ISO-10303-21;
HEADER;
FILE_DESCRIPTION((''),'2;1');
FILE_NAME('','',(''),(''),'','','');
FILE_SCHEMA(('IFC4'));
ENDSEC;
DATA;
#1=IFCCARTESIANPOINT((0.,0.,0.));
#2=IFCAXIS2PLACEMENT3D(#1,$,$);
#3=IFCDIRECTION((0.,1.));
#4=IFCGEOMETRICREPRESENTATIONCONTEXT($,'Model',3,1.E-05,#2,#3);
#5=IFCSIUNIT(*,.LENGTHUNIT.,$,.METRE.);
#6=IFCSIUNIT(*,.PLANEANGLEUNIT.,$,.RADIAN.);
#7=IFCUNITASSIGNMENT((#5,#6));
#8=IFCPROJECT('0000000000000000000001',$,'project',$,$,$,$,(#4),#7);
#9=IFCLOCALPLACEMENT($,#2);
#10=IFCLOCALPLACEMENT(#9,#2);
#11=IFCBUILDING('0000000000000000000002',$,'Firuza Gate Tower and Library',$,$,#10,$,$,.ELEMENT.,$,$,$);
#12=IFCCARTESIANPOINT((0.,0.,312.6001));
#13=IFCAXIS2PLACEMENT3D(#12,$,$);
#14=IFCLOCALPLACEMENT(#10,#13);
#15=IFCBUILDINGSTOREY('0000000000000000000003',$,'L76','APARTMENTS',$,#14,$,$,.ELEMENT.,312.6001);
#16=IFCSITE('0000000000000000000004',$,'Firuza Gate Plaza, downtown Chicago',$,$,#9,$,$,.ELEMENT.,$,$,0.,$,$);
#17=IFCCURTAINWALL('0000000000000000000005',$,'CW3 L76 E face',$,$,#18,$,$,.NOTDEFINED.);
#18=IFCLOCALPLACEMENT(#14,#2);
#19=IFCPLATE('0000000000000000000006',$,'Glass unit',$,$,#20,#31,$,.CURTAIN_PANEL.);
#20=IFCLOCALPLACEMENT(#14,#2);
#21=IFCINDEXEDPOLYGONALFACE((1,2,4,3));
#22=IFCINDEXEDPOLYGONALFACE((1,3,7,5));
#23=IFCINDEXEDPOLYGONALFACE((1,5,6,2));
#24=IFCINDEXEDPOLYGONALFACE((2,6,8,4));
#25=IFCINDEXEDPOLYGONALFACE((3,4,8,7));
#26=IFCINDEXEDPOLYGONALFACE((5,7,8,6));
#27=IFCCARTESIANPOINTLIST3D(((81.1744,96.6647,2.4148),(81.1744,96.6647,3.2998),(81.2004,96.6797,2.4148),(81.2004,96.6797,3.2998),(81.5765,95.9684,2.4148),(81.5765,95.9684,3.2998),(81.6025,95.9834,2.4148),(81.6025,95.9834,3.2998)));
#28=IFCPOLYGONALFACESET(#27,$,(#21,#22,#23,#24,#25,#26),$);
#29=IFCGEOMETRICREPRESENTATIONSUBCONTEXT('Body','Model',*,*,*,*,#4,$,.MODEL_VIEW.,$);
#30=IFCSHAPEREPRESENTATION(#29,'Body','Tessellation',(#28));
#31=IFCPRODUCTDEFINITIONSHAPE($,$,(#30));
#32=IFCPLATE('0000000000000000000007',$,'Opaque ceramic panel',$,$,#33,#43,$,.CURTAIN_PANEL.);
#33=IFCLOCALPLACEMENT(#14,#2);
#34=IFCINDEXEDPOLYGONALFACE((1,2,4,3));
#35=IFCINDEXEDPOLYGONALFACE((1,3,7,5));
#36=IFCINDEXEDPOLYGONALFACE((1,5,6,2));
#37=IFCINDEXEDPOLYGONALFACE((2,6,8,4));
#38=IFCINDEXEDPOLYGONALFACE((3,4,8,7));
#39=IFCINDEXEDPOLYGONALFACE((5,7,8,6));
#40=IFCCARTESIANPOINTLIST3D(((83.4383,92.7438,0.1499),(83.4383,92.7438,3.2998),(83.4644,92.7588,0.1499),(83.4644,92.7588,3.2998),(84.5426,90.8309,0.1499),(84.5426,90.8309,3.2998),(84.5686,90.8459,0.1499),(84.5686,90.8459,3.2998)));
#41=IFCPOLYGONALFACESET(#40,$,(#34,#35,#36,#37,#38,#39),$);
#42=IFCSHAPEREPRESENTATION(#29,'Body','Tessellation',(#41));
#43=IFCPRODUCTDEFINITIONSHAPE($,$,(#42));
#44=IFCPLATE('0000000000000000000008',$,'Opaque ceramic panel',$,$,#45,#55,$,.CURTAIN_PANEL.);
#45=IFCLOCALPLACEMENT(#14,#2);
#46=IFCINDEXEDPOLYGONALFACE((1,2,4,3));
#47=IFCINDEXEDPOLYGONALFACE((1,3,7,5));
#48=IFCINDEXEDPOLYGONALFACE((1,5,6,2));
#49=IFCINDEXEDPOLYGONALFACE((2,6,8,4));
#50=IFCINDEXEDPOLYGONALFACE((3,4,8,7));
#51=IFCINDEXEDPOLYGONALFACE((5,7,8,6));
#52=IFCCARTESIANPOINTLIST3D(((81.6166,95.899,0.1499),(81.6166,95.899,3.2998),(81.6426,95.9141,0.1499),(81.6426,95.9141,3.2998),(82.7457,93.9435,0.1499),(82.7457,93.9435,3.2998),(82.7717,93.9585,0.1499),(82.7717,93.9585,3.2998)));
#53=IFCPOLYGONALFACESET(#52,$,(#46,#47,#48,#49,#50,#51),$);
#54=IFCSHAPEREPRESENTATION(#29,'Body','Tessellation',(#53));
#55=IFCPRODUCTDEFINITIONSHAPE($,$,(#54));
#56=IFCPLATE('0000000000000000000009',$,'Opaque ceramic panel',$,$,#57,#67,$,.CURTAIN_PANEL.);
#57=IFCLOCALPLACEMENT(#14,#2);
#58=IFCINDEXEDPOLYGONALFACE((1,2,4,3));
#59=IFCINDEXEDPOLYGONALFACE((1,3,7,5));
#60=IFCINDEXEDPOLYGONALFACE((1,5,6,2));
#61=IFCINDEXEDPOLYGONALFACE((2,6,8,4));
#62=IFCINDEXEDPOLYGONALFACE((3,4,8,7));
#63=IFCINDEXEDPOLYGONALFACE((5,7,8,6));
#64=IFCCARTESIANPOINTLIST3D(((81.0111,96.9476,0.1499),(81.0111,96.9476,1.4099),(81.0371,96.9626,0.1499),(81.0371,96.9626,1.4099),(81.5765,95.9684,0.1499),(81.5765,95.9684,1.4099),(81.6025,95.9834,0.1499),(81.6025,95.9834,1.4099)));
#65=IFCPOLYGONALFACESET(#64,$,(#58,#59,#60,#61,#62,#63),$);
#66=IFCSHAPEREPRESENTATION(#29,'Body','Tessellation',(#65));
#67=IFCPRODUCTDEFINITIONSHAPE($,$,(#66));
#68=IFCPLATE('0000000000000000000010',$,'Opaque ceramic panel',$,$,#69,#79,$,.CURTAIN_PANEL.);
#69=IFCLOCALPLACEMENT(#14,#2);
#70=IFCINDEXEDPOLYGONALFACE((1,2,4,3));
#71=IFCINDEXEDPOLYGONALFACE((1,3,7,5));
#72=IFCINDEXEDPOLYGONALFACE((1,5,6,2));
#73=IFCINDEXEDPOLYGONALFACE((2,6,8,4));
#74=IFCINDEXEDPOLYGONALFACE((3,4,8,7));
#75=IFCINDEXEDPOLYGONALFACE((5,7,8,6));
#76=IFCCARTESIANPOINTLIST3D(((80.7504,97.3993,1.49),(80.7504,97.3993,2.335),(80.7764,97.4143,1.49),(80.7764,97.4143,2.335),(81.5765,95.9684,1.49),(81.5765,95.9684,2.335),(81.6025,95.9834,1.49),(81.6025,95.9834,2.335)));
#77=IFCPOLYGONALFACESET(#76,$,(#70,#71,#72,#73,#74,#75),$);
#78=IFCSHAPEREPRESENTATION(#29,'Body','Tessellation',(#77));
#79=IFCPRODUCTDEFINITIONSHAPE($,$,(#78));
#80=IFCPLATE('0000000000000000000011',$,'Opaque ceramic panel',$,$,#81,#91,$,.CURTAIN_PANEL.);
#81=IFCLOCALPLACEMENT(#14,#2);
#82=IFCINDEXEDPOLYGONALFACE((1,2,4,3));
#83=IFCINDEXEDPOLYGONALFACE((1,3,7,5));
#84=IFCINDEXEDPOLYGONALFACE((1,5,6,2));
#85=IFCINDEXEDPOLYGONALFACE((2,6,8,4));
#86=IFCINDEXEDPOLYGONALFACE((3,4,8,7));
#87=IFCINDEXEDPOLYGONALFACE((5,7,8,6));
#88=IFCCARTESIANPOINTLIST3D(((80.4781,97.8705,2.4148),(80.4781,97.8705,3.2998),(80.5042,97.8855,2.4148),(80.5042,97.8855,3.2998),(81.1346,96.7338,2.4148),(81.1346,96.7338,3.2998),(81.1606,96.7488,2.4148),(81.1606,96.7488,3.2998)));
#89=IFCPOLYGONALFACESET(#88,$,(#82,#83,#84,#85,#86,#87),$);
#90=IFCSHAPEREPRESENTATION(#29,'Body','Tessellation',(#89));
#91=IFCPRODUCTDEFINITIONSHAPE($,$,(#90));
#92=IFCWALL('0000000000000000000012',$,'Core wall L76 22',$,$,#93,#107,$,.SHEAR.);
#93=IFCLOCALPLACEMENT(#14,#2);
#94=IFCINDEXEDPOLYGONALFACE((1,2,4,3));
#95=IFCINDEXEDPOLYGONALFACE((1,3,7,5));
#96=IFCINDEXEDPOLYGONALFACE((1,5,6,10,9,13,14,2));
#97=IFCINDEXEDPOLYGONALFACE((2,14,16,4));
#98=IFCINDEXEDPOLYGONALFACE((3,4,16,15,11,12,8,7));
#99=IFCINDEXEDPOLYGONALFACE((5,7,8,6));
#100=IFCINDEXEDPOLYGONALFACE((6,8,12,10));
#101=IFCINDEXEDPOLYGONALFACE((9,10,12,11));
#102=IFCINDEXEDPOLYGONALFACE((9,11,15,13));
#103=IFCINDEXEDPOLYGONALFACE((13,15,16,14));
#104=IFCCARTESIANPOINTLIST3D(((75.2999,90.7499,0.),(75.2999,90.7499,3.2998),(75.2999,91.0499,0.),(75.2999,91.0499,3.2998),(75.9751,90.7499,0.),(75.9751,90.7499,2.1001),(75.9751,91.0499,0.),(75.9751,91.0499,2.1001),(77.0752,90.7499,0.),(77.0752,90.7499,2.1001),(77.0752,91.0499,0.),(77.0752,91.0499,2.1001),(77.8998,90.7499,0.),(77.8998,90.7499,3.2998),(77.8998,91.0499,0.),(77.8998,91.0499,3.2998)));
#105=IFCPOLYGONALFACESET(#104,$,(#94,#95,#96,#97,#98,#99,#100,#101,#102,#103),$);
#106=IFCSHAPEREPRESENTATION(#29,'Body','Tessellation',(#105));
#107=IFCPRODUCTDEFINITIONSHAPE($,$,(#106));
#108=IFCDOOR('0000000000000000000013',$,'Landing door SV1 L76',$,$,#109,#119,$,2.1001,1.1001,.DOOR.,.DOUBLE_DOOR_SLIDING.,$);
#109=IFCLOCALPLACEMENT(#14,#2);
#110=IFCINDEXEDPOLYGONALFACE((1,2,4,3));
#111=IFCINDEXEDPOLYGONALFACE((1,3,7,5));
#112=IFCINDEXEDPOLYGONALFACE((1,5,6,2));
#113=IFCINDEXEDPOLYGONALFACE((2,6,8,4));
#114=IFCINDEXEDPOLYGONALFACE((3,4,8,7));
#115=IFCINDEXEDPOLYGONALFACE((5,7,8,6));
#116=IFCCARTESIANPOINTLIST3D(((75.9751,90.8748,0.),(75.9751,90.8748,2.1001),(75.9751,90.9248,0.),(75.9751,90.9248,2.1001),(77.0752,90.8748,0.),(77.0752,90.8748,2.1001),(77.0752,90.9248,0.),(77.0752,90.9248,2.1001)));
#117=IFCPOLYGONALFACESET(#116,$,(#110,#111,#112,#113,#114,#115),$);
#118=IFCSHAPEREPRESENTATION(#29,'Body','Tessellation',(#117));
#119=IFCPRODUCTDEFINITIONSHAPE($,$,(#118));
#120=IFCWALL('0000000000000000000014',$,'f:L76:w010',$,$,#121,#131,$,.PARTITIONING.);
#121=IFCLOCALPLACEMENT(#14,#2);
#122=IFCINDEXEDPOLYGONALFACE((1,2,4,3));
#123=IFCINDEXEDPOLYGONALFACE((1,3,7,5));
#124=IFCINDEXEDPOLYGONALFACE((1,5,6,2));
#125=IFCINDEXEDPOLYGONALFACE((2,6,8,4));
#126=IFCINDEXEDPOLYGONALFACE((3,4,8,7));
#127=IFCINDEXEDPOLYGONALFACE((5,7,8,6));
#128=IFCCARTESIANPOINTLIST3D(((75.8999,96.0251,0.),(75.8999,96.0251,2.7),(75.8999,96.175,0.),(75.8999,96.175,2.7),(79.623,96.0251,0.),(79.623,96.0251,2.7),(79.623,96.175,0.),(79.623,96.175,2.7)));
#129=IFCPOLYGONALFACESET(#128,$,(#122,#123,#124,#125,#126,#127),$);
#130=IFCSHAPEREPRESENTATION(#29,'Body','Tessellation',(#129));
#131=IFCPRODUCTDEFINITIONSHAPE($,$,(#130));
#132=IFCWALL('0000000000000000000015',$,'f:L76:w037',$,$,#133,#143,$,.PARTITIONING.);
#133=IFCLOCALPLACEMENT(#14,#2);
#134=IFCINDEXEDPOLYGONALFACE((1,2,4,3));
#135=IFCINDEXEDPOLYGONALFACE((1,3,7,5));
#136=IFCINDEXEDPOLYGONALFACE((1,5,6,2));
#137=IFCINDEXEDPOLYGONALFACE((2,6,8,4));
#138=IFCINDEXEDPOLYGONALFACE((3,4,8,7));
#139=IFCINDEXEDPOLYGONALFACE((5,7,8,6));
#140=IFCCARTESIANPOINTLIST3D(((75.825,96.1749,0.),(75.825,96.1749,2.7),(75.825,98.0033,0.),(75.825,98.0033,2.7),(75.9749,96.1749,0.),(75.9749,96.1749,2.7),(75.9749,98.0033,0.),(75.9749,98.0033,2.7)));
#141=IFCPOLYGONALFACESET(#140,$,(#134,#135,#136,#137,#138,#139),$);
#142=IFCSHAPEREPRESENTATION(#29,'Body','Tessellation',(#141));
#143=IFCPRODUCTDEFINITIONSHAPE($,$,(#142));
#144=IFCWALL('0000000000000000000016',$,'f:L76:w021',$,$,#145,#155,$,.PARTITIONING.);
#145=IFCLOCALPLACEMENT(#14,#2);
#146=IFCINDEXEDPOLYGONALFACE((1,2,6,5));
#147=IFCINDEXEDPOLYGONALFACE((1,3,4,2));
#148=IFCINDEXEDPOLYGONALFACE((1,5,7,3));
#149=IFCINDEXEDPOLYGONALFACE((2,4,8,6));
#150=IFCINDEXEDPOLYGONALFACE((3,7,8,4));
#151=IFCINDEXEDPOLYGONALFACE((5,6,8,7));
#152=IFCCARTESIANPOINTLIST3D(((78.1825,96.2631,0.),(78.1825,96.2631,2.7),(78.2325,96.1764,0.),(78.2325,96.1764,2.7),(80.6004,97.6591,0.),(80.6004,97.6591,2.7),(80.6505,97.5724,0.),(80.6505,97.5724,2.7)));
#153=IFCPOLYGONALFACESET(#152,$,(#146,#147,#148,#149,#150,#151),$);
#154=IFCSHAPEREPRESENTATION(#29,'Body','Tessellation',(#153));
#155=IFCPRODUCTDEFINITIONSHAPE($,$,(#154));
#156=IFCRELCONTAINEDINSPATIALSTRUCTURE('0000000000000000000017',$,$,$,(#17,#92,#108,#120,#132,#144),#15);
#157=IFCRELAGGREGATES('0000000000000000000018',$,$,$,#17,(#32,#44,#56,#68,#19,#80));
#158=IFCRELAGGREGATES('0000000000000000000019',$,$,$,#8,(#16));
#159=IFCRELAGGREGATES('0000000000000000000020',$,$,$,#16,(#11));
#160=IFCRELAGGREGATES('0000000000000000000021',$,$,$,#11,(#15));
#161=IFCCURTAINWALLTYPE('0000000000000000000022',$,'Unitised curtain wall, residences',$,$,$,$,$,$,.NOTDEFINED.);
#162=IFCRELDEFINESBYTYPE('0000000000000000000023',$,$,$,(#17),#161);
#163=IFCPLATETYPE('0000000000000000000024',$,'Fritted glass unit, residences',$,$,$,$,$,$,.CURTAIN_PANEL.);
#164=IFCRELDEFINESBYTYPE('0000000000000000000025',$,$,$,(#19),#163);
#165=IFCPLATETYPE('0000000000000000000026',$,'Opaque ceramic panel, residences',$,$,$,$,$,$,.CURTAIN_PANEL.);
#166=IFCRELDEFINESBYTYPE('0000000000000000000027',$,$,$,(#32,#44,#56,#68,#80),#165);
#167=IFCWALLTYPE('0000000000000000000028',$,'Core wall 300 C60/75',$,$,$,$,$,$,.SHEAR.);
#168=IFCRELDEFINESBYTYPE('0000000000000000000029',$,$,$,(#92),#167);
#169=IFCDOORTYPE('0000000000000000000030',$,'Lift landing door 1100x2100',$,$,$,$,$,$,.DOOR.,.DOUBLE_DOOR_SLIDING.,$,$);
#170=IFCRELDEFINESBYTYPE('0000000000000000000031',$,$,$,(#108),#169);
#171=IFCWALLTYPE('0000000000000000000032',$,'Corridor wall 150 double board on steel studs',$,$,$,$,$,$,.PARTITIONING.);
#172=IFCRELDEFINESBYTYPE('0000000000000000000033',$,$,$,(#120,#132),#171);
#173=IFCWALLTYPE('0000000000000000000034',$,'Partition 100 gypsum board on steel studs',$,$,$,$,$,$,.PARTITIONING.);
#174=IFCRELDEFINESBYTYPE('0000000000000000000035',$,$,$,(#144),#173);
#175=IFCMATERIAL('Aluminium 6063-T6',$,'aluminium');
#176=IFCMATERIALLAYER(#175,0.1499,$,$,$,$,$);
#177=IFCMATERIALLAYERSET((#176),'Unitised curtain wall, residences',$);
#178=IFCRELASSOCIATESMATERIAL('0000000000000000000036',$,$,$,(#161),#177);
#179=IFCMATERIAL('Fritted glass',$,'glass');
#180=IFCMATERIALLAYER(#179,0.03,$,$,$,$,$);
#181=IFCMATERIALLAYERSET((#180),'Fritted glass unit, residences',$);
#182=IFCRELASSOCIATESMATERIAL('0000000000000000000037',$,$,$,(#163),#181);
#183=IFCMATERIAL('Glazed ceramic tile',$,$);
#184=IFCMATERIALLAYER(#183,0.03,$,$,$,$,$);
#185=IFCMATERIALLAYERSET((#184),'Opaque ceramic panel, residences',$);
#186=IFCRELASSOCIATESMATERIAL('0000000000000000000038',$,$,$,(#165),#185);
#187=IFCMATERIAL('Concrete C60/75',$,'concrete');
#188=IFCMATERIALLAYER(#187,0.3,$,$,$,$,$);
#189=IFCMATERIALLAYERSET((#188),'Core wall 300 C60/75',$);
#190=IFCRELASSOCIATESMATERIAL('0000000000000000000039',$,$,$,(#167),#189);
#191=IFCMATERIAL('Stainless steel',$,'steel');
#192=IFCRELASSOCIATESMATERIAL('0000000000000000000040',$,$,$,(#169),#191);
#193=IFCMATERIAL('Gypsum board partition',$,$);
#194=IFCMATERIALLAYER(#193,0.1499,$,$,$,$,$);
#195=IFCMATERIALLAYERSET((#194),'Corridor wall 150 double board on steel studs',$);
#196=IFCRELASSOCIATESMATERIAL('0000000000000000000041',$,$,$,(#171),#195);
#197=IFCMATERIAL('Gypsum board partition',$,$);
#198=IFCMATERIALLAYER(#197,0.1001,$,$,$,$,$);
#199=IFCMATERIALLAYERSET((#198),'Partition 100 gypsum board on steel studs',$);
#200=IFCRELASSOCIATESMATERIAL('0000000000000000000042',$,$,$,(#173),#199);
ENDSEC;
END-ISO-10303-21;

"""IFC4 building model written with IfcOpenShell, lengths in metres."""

from ifc_helpers import new_model, si_unit, direction, frame, frame_2d, origin, place, context, subcontext, project, spatial, polyline, rectangle, outline, extrude, material, layer, layer_set, type_object, element, fill, aggregate, save


model = new_model("IFC4")

# Units and contexts
model_context = context("Model", 3, precision=1e-05, world=origin(), true_north=direction((0.0, 1.0)))
body_context = subcontext(model_context, "Body", "Model", "MODEL_VIEW")
ifc_project = project(units=[si_unit("LENGTHUNIT", "METRE"), si_unit("PLANEANGLEUNIT", "RADIAN")], contexts=[model_context])

# Site, building, storey
site_placement = place(None, origin())
site = spatial("IfcSite", under=ifc_project, at=site_placement, Name="Firuza Gate Plaza, downtown Chicago", CompositionType="ELEMENT", RefElevation=0.0)
building_placement = place(site_placement, origin())
building = spatial("IfcBuilding", under=site, at=building_placement, Name="Firuza Gate Tower and Library", CompositionType="ELEMENT")
storey_placement = place(building_placement, frame((0.0, 0.0, 312.6001)))
storey = spatial("IfcBuildingStorey", under=building, at=storey_placement, Name="L76", Description="APARTMENTS", CompositionType="ELEMENT", Elevation=312.6001)

# Curtain wall
ifc_material_1 = material(Name="Aluminium 6063-T6", Category="aluminium")
ifc_layer_1 = layer(ifc_material_1, 0.1499)
ifc_layer_set_1 = layer_set([ifc_layer_1], Name="Unitised curtain wall, residences")
curtain_wall_type = type_object("IfcCurtainWallType", Name="Unitised curtain wall, residences", PredefinedType="NOTDEFINED", material=ifc_layer_set_1)
curtain_wall_placement = place(storey_placement, origin())
curtain_wall = element("IfcCurtainWall", 1, at=curtain_wall_placement, inside=storey, type_object=curtain_wall_type, Name="CW3 L76 E face", PredefinedType="NOTDEFINED")

# Plates
ifc_material_2 = material(Name="Fritted glass", Category="glass")
ifc_layer_2 = layer(ifc_material_2, 0.03)
ifc_layer_set_2 = layer_set([ifc_layer_2], Name="Fritted glass unit, residences")
plate_type_1 = type_object("IfcPlateType", Name="Fritted glass unit, residences", PredefinedType="CURTAIN_PANEL", material=ifc_layer_set_2)
plate_1_placement = place(storey_placement, frame((81.6025, 95.9834, 2.4148), z_axis=(0.865973, 0.50009, 0.0), x_axis=(-0.50009, 0.865973, 0.0)))
plate_1 = element("IfcPlate", 2, at=plate_1_placement, type_object=plate_type_1, Name="Glass unit", PredefinedType="CURTAIN_PANEL", context=body_context, shape_type="SweptSolid", body=[
    extrude(outline(polyline([(0.0, 0.0), (0.8041, 0.0), (0.8041, 0.885), (0.0, 0.885), (0.0, 0.0)])), origin(), (0.0, 0.0, -1.0), 0.03),
])
ifc_material_3 = material(Name="Glazed ceramic tile")
ifc_layer_3 = layer(ifc_material_3, 0.03)
ifc_layer_set_3 = layer_set([ifc_layer_3], Name="Opaque ceramic panel, residences")
plate_type_2 = type_object("IfcPlateType", Name="Opaque ceramic panel, residences", PredefinedType="CURTAIN_PANEL", material=ifc_layer_set_3)
plate_2_placement = place(storey_placement, frame((84.5686, 90.8459, 0.1499), z_axis=(0.866051, 0.499955, 0.0), x_axis=(-0.499955, 0.866051, 0.0)))
plate_2 = element("IfcPlate", 3, at=plate_2_placement, type_object=plate_type_2, Name="Opaque ceramic panel", PredefinedType="CURTAIN_PANEL", context=body_context, shape_type="SweptSolid", body=[
    extrude(outline(polyline([(0.0, 0.0), (2.2087, 0.0), (2.2087, 3.1499), (0.0, 3.1499), (0.0, 0.0)])), origin(), (0.0, 0.0, -1.0), 0.03),
])
plate_3_placement = place(storey_placement, frame((82.7717, 93.9585, 0.1499), z_axis=(0.866006, 0.500034, 0.0), x_axis=(-0.500034, 0.866006, 0.0)))
plate_3 = element("IfcPlate", 4, at=plate_3_placement, type_object=plate_type_2, Name="Opaque ceramic panel", PredefinedType="CURTAIN_PANEL", context=body_context, shape_type="SweptSolid", body=[
    extrude(outline(polyline([(0.0, 0.0), (2.2581, 0.0), (2.2581, 3.1499), (0.0, 3.1499), (0.0, 0.0)])), origin(), (0.0, 0.0, -1.0), 0.03),
])
plate_4_placement = place(storey_placement, frame((81.6025, 95.9834, 0.1499), z_axis=(0.866002, 0.50004, 0.0), x_axis=(-0.50004, 0.866002, 0.0)))
plate_4 = element("IfcPlate", 5, at=plate_4_placement, type_object=plate_type_2, Name="Opaque ceramic panel", PredefinedType="CURTAIN_PANEL", context=body_context, shape_type="SweptSolid", body=[
    extrude(outline(polyline([(0.0, 0.0), (1.1308, 0.0), (1.1308, 1.26), (0.0, 1.26), (0.0, 0.0)])), origin(), (0.0, 0.0, -1.0), 0.03),
])
plate_5_placement = place(storey_placement, frame((81.6025, 95.9834, 1.49), z_axis=(0.866016, 0.500017, 0.0), x_axis=(-0.500017, 0.866016, 0.0)))
plate_5 = element("IfcPlate", 6, at=plate_5_placement, type_object=plate_type_2, Name="Opaque ceramic panel", PredefinedType="CURTAIN_PANEL", context=body_context, shape_type="SweptSolid", body=[
    extrude(outline(polyline([(0.0, 0.0), (1.6523, 0.0), (1.6523, 0.845), (0.0, 0.845), (0.0, 0.0)])), origin(), (0.0, 0.0, -1.0), 0.03),
])
plate_6_placement = place(storey_placement, frame((81.1606, 96.7488, 2.4148), z_axis=(0.865956, 0.50012, 0.0), x_axis=(-0.50012, 0.865956, 0.0)))
plate_6 = element("IfcPlate", 7, at=plate_6_placement, type_object=plate_type_2, Name="Opaque ceramic panel", PredefinedType="CURTAIN_PANEL", context=body_context, shape_type="SweptSolid", body=[
    extrude(outline(polyline([(0.0, 0.0), (1.3127, 0.0), (1.3127, 0.885), (0.0, 0.885), (0.0, 0.0)])), origin(), (0.0, 0.0, -1.0), 0.03),
])
aggregate(curtain_wall, [plate_2, plate_3, plate_4, plate_5, plate_1, plate_6])

# Wall, opening, door
ifc_material_4 = material(Name="Concrete C60/75", Category="concrete")
ifc_layer_4 = layer(ifc_material_4, 0.3)
ifc_layer_set_4 = layer_set([ifc_layer_4], Name="Core wall 300 C60/75")
wall_type_1 = type_object("IfcWallType", Name="Core wall 300 C60/75", PredefinedType="SHEAR", material=ifc_layer_set_4)
wall_1_placement = place(storey_placement, frame((75.3, 90.8999, 0.0), z_axis=(0.0, 0.0, 1.0), x_axis=(1.0, 0.0, 0.0)))
wall_1 = element("IfcWall", 8, at=wall_1_placement, inside=storey, type_object=wall_type_1, Name="Core wall L76 22", PredefinedType="SHEAR", context=body_context, shape_type="SweptSolid", body=[
    extrude(rectangle(XDim=2.5999, YDim=0.3, at=frame_2d((1.2998, 0.0))), origin(), (0.0, 0.0, 1.0), 3.2998),
])
opening_placement = place(wall_1_placement, frame((0.675, 0.0, 0.0)))
opening = element("IfcOpeningElement", 9, at=opening_placement, cuts=wall_1, PredefinedType="OPENING", context=body_context, shape_type="SweptSolid", body=[
    extrude(rectangle(XDim=1.1001, YDim=2.1001, at=frame_2d((0.55, 1.05))), frame((0.0, 0.1602, 0.0), z_axis=(0.0, -1.0, 0.0), x_axis=(1.0, 0.0, 0.0)), (0.0, 0.0, 1.0), 0.3201),
])
ifc_material_5 = material(Name="Stainless steel", Category="steel")
door_type = type_object("IfcDoorType", Name="Lift landing door 1100x2100", OperationType="DOUBLE_DOOR_SLIDING", PredefinedType="DOOR", material=ifc_material_5)
door_placement = place(opening_placement, origin())
door = element("IfcDoor", 10, at=door_placement, inside=storey, type_object=door_type, Name="Landing door SV1 L76", OperationType="DOUBLE_DOOR_SLIDING", OverallHeight=2.1001, OverallWidth=1.1001, PredefinedType="DOOR", context=body_context, shape_type="SweptSolid", body=[
    extrude(rectangle(XDim=1.1001, YDim=2.1001, at=frame_2d((0.55, 1.05))), frame((0.0, 0.0249, 0.0), z_axis=(0.0, -1.0, 0.0), x_axis=(1.0, 0.0, 0.0)), (0.0, 0.0, 1.0), 0.05),
])
fill(opening, door)

# Walls
ifc_material_6 = material(Name="Gypsum board partition")
ifc_layer_5 = layer(ifc_material_6, 0.1499)
ifc_layer_set_5 = layer_set([ifc_layer_5], Name="Corridor wall 150 double board on steel studs")
wall_type_2 = type_object("IfcWallType", Name="Corridor wall 150 double board on steel studs", PredefinedType="PARTITIONING", material=ifc_layer_set_5)
wall_2_placement = place(storey_placement, frame((75.8999, 96.1001, 0.0), z_axis=(0.0, 0.0, 1.0), x_axis=(1.0, 0.0, 0.0)))
element("IfcWall", 11, at=wall_2_placement, inside=storey, type_object=wall_type_2, Name="f:L76:w010", PredefinedType="PARTITIONING", context=body_context, shape_type="SweptSolid", body=[
    extrude(rectangle(XDim=3.7231, YDim=0.1499, at=frame_2d((1.8616, 0.0))), origin(), (0.0, 0.0, 1.0), 2.7),
])
wall_3_placement = place(storey_placement, frame((75.8999, 96.175, 0.0), z_axis=(0.0, 0.0, 1.0), x_axis=(0.0, 1.0, 0.0)))
element("IfcWall", 12, at=wall_3_placement, inside=storey, type_object=wall_type_2, Name="f:L76:w037", PredefinedType="PARTITIONING", context=body_context, shape_type="SweptSolid", body=[
    extrude(rectangle(XDim=1.8284, YDim=0.1499, at=frame_2d((0.9141, 0.0))), origin(), (0.0, 0.0, 1.0), 2.7),
])
ifc_material_7 = material(Name="Gypsum board partition")
ifc_layer_6 = layer(ifc_material_7, 0.1001)
ifc_layer_set_6 = layer_set([ifc_layer_6], Name="Partition 100 gypsum board on steel studs")
wall_type_3 = type_object("IfcWallType", Name="Partition 100 gypsum board on steel studs", PredefinedType="PARTITIONING", material=ifc_layer_set_6)
wall_4_placement = place(storey_placement, frame((78.2075, 96.2197, 0.0), z_axis=(0.0, 0.0, 1.0), x_axis=(0.866028, 0.499995, 0.0)))
element("IfcWall", 13, at=wall_4_placement, inside=storey, type_object=wall_type_3, Name="f:L76:w021", PredefinedType="PARTITIONING", context=body_context, shape_type="SweptSolid", body=[
    extrude(rectangle(XDim=2.792, YDim=0.1001, at=frame_2d((1.396, 0.0))), origin(), (0.0, 0.0, 1.0), 2.7),
])

save(model, "model.ifc")
